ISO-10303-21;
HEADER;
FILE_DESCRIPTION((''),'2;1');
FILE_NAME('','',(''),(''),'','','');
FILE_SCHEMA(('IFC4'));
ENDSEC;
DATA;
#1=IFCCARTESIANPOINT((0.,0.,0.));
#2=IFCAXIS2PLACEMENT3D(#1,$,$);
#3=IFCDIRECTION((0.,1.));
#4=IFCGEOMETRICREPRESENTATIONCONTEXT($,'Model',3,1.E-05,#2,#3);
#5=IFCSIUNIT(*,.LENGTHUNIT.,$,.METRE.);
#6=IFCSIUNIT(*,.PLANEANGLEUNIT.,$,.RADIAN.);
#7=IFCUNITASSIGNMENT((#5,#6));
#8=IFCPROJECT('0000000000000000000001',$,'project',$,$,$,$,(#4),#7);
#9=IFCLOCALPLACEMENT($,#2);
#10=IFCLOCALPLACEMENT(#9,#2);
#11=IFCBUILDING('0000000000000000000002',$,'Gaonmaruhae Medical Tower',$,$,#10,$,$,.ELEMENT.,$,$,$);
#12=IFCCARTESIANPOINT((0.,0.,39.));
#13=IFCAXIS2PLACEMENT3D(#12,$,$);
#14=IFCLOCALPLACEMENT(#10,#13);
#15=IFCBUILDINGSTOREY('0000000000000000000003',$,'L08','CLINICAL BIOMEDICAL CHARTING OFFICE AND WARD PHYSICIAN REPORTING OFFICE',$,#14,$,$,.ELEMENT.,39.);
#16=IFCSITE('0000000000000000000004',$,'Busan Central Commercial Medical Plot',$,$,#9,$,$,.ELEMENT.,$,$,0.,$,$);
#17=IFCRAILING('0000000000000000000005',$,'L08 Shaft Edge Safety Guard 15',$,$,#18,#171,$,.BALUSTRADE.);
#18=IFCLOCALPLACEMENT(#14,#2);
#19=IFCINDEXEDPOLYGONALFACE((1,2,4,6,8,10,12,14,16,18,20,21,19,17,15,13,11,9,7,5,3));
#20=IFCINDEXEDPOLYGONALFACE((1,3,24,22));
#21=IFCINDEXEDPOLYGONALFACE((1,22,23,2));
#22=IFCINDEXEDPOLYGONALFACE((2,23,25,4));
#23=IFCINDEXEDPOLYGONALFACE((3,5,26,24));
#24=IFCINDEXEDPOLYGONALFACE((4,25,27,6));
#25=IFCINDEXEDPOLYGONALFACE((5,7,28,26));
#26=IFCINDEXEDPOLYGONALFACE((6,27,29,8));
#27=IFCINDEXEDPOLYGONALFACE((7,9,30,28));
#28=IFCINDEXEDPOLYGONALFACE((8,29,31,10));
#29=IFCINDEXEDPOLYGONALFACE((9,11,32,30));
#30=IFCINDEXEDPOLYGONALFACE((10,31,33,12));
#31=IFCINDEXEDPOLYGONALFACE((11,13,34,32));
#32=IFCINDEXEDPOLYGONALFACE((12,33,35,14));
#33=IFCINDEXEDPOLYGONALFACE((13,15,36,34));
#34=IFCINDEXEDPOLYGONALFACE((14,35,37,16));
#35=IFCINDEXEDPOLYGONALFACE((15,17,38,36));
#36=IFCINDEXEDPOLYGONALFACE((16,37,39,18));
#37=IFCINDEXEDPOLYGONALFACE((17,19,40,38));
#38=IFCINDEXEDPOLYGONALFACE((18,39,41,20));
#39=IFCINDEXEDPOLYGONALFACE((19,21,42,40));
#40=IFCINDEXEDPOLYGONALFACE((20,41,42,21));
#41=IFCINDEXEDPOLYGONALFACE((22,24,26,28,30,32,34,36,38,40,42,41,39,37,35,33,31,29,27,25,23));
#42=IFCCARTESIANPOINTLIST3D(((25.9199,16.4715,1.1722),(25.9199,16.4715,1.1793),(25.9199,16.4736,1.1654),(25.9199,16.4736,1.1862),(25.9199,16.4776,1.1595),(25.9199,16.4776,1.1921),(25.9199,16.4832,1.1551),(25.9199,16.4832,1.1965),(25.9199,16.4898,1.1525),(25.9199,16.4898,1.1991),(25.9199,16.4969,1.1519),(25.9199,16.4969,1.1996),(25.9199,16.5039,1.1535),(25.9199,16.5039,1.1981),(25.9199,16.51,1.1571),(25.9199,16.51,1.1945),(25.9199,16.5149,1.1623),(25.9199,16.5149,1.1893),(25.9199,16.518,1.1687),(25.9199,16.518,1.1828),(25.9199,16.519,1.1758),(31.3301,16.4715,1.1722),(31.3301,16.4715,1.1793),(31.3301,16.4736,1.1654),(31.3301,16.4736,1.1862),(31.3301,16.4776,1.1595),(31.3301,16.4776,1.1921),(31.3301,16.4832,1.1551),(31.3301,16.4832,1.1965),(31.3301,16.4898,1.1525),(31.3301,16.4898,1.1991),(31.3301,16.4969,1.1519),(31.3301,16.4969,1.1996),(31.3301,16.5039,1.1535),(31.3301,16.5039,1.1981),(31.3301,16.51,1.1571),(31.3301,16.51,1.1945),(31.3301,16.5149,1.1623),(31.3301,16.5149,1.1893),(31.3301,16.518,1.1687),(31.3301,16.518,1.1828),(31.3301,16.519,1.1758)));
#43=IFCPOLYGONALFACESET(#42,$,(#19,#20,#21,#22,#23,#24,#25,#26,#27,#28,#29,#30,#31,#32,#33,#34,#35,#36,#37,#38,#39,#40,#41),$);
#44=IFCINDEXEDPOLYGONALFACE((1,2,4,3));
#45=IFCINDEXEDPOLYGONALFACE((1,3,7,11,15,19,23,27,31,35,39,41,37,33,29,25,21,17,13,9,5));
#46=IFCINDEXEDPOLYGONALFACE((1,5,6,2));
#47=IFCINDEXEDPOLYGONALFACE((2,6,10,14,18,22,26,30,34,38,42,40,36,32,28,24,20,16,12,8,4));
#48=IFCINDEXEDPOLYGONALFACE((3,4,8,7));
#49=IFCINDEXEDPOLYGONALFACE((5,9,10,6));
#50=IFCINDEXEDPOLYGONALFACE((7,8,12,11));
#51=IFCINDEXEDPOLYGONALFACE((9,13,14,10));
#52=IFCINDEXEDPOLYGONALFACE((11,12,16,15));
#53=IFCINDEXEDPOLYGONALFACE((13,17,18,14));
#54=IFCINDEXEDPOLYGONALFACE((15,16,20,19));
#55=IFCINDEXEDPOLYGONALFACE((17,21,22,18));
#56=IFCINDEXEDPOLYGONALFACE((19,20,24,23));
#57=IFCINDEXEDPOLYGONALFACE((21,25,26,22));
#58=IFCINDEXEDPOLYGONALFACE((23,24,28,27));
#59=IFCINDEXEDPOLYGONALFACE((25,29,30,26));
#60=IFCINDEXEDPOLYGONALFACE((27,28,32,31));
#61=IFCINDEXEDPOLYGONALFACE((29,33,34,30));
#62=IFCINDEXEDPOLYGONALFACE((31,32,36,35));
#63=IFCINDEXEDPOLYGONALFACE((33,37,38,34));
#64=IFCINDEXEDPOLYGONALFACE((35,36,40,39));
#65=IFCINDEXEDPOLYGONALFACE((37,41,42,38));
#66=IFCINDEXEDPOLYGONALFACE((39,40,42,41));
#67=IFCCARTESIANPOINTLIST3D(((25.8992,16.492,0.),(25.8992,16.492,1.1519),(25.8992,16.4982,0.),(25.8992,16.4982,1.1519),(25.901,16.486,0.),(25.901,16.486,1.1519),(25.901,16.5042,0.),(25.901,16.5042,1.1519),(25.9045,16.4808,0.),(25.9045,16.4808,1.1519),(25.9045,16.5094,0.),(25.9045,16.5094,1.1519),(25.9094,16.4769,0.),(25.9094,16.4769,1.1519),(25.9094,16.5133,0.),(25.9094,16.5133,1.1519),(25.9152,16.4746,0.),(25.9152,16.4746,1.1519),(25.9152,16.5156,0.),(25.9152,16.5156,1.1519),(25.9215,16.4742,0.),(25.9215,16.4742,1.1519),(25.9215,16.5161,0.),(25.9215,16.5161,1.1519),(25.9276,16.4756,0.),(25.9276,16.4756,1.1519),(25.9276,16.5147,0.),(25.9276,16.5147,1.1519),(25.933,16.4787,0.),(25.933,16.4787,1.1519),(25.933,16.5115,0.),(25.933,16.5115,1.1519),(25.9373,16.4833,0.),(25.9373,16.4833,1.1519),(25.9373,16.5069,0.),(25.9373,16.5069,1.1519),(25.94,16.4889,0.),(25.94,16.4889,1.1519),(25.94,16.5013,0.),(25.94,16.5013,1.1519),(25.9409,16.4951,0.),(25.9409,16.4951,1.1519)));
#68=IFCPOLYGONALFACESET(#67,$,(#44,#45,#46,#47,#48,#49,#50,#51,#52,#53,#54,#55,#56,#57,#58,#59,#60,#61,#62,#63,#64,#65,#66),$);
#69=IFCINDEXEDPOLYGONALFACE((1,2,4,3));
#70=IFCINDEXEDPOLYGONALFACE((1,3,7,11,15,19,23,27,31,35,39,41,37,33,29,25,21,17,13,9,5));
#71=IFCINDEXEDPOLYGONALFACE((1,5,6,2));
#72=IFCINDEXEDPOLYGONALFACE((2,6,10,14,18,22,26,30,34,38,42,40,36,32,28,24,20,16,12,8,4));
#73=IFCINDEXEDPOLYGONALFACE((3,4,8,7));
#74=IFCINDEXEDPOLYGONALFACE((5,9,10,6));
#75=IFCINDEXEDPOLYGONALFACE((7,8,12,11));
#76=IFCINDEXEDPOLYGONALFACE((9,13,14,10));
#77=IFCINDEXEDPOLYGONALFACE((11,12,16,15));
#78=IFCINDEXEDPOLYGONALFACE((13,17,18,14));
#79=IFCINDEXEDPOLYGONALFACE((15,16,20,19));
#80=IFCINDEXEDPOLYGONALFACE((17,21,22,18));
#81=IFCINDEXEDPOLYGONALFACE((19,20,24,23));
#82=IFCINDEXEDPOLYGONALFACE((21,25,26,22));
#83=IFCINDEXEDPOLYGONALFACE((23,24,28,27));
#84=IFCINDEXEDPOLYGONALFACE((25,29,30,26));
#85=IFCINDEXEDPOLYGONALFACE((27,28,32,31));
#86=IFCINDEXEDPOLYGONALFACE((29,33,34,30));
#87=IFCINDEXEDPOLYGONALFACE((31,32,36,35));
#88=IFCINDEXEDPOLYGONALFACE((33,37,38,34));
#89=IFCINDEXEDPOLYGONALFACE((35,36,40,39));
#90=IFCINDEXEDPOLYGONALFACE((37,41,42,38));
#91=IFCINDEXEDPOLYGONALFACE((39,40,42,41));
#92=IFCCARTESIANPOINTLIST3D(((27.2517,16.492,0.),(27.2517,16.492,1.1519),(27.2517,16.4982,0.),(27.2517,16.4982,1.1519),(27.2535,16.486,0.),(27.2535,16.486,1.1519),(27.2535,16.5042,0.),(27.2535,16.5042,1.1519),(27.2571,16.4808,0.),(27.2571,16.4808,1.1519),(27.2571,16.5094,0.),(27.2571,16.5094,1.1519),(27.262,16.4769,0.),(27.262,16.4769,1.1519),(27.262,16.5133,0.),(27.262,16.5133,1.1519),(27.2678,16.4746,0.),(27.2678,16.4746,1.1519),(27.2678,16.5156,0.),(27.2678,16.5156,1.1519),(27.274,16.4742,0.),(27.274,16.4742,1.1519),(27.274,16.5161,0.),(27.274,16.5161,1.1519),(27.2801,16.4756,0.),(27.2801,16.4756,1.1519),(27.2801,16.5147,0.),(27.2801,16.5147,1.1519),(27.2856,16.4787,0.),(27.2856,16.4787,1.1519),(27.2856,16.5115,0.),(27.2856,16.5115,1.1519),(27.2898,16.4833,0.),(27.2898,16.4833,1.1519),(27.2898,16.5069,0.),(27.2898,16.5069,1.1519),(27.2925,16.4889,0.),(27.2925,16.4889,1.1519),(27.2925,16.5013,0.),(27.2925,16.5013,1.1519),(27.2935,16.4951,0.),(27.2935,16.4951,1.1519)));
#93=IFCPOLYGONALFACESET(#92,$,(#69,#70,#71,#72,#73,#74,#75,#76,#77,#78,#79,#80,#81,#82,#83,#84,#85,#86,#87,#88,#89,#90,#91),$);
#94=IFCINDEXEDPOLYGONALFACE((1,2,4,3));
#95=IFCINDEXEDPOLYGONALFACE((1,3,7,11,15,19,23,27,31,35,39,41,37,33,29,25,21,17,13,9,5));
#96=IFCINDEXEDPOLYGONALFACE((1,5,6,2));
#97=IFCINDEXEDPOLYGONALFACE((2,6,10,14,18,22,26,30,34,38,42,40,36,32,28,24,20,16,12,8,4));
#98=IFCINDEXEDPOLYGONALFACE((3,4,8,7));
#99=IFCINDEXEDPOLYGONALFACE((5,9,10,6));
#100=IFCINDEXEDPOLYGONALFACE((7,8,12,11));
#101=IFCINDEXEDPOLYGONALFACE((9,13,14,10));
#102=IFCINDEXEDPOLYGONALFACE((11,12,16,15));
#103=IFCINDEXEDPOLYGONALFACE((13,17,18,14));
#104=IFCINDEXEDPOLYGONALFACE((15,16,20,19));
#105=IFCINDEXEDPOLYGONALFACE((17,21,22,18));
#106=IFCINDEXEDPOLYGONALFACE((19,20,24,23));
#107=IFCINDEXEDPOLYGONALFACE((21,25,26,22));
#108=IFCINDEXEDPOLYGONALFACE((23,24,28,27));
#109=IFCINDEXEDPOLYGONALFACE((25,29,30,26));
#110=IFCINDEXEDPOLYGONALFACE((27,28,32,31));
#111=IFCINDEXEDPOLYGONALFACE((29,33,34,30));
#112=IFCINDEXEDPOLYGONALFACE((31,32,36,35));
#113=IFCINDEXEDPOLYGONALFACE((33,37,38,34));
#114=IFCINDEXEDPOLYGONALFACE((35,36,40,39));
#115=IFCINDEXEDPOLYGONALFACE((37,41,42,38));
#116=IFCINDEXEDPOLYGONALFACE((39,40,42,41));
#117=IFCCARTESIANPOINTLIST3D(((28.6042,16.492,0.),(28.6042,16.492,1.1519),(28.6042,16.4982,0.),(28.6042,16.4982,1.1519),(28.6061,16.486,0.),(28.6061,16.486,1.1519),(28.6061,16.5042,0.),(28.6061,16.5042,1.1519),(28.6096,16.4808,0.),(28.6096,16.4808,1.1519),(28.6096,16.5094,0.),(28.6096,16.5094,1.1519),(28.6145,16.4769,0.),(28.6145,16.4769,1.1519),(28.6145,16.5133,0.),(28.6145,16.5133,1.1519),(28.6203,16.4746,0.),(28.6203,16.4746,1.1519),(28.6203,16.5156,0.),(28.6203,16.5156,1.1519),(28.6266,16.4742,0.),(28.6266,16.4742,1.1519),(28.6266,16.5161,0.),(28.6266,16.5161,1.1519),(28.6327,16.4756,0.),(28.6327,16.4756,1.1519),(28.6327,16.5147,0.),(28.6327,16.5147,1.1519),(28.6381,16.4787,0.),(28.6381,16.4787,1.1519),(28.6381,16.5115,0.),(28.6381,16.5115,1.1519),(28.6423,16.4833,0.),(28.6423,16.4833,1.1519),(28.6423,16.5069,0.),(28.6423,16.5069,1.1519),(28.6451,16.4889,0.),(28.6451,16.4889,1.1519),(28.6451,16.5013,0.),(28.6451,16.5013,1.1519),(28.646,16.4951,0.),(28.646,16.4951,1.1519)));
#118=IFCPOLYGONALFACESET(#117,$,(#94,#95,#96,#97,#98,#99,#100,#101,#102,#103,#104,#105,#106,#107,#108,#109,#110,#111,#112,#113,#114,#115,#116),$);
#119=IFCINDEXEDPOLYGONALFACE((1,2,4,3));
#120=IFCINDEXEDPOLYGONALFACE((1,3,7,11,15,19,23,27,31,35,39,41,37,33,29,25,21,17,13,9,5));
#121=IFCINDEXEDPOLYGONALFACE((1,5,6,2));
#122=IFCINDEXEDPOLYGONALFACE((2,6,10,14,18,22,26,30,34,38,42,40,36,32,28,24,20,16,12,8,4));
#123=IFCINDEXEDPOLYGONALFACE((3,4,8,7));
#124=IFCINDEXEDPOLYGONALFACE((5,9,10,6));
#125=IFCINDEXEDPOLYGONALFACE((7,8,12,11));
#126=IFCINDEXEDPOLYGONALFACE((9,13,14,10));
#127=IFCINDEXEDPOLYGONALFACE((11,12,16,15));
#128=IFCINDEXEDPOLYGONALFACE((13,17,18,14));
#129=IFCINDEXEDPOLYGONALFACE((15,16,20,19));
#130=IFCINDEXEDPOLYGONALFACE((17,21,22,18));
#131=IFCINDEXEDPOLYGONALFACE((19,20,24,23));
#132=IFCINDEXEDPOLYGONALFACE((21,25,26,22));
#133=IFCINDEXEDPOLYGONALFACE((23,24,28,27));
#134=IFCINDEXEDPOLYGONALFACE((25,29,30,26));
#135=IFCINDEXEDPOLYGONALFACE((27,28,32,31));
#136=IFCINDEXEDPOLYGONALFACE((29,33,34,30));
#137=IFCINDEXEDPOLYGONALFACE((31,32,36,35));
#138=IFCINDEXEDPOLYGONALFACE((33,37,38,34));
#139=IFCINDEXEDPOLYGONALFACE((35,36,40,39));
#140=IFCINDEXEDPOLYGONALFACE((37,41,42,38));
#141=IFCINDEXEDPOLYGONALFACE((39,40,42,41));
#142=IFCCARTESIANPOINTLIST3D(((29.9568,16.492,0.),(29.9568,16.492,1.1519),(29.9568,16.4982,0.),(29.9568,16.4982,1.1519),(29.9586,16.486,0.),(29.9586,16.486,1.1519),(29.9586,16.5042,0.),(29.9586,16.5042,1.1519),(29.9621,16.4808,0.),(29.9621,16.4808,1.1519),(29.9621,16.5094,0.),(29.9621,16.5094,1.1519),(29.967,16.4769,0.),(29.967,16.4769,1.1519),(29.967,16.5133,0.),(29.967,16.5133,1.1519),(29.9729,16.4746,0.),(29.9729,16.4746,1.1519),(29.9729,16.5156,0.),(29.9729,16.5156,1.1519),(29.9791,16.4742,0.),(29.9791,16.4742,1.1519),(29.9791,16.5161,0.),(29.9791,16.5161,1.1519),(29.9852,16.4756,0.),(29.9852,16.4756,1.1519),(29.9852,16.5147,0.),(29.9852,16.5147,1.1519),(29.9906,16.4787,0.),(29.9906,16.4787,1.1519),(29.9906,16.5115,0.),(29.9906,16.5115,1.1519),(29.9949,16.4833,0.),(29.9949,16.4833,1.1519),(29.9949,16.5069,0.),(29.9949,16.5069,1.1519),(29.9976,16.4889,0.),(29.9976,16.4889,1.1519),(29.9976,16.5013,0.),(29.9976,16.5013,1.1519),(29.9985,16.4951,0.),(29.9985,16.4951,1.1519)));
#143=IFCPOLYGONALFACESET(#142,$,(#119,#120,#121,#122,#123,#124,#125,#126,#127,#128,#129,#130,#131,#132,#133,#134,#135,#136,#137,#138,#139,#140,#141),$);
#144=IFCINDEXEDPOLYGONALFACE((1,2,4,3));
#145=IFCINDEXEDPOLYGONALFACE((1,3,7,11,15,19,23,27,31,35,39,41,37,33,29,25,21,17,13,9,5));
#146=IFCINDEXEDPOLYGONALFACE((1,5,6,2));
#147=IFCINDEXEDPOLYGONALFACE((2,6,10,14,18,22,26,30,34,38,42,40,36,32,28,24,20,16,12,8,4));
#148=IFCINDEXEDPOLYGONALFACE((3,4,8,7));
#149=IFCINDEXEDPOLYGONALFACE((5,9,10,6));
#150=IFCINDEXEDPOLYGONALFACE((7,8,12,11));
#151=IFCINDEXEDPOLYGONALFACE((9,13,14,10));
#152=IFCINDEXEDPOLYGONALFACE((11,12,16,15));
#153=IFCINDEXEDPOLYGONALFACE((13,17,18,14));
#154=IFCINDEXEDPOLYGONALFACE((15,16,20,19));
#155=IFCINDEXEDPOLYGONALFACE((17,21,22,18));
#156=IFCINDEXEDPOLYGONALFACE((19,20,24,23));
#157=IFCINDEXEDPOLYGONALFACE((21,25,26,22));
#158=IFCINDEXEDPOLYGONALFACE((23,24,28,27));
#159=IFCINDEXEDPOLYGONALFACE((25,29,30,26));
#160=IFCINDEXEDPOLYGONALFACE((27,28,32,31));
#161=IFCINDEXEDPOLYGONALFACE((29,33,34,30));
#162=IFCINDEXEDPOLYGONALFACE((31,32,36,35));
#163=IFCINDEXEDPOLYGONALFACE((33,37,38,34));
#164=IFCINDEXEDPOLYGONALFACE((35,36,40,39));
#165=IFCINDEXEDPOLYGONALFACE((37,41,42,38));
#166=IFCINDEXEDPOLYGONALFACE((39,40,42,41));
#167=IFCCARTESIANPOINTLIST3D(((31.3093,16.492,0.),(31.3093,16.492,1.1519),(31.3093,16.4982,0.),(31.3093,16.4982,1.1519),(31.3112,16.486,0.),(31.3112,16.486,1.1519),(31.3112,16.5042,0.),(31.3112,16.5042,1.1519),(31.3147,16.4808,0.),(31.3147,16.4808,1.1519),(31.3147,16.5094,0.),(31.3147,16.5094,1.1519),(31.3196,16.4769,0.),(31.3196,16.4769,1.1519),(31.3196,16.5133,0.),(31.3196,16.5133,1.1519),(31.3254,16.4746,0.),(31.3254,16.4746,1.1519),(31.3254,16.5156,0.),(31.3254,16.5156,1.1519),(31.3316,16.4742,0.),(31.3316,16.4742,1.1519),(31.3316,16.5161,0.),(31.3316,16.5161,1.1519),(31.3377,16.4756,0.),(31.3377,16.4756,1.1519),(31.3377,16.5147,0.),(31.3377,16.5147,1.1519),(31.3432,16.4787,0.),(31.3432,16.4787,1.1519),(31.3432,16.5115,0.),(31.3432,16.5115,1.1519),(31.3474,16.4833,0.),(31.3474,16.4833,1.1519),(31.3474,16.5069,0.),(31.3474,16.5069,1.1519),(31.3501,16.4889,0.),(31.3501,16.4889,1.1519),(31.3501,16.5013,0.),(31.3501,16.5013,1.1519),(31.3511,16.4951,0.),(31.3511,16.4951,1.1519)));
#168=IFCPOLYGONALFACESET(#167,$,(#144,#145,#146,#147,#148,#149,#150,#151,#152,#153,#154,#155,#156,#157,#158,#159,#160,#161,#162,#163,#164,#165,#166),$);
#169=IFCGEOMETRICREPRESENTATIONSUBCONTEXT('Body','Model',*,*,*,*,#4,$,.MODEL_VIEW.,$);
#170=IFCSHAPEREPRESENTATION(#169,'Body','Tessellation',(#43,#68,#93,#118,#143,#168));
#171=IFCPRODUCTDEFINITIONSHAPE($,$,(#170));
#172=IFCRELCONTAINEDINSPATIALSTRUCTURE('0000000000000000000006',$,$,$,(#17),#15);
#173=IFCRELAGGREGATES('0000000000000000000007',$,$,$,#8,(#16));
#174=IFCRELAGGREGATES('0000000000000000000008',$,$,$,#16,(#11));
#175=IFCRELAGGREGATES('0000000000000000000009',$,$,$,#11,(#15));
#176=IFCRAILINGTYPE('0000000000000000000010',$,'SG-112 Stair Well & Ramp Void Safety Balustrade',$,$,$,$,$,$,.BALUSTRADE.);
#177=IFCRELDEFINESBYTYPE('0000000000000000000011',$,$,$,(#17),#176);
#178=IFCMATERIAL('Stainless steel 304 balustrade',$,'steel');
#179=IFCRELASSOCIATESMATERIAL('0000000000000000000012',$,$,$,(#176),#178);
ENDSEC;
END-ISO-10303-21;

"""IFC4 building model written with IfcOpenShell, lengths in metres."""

from ifc_helpers import new_model, si_unit, direction, frame, origin, origin_2d, place, context, subcontext, project, spatial, circle, extrude, material, type_object, element, save


model = new_model("IFC4")

# Units and contexts
model_context = context("Model", 3, precision=1e-05, world=origin(), true_north=direction((0.0, 1.0)))
body_context = subcontext(model_context, "Body", "Model", "MODEL_VIEW")
ifc_project = project(units=[si_unit("LENGTHUNIT", "METRE"), si_unit("PLANEANGLEUNIT", "RADIAN")], contexts=[model_context])

# Site, building, storey
site_placement = place(None, origin())
site = spatial("IfcSite", under=ifc_project, at=site_placement, Name="Busan Central Commercial Medical Plot", CompositionType="ELEMENT", RefElevation=0.0)
building_placement = place(site_placement, origin())
building = spatial("IfcBuilding", under=site, at=building_placement, Name="Gaonmaruhae Medical Tower", CompositionType="ELEMENT")
storey_placement = place(building_placement, frame((0.0, 0.0, 39.0)))
storey = spatial("IfcBuildingStorey", under=building, at=storey_placement, Name="L08", Description="CLINICAL BIOMEDICAL CHARTING OFFICE AND WARD PHYSICIAN REPORTING OFFICE", CompositionType="ELEMENT", Elevation=39.0)

# Railing
ifc_material_1 = material(Name="Stainless steel 304 balustrade", Category="steel")
railing_type = type_object("IfcRailingType", Name="SG-112 Stair Well & Ramp Void Safety Balustrade", PredefinedType="BALUSTRADE", material=ifc_material_1)
railing_1_placement = place(storey_placement, frame((25.9199, 16.4951, 0.0)))
element("IfcRailing", 1, at=railing_1_placement, inside=storey, type_object=railing_type, Name="L08 Shaft Edge Safety Guard 15", PredefinedType="BALUSTRADE", context=body_context, shape_type="SweptSolid", body=[
    extrude(circle(Radius=0.0239, at=origin_2d()), frame((0.0, 0.0, 1.1758), z_axis=(1.0, 0.0, 0.0), x_axis=(0.0, 1.0, 0.0)), (0.0, 0.0, 1.0), 5.4102),
    extrude(circle(Radius=0.021, at=origin_2d()), origin(), (0.0, 0.0, 1.0), 1.1519),
    extrude(circle(Radius=0.021, at=origin_2d()), frame((1.3525, 0.0, 0.0)), (0.0, 0.0, 1.0), 1.1519),
    extrude(circle(Radius=0.021, at=origin_2d()), frame((2.7051, 0.0, 0.0)), (0.0, 0.0, 1.0), 1.1519),
    extrude(circle(Radius=0.021, at=origin_2d()), frame((4.0576, 0.0, 0.0)), (0.0, 0.0, 1.0), 1.1519),
    extrude(circle(Radius=0.021, at=origin_2d()), frame((5.4102, 0.0, 0.0)), (0.0, 0.0, 1.0), 1.1519),
])

save(model, "model.ifc")
